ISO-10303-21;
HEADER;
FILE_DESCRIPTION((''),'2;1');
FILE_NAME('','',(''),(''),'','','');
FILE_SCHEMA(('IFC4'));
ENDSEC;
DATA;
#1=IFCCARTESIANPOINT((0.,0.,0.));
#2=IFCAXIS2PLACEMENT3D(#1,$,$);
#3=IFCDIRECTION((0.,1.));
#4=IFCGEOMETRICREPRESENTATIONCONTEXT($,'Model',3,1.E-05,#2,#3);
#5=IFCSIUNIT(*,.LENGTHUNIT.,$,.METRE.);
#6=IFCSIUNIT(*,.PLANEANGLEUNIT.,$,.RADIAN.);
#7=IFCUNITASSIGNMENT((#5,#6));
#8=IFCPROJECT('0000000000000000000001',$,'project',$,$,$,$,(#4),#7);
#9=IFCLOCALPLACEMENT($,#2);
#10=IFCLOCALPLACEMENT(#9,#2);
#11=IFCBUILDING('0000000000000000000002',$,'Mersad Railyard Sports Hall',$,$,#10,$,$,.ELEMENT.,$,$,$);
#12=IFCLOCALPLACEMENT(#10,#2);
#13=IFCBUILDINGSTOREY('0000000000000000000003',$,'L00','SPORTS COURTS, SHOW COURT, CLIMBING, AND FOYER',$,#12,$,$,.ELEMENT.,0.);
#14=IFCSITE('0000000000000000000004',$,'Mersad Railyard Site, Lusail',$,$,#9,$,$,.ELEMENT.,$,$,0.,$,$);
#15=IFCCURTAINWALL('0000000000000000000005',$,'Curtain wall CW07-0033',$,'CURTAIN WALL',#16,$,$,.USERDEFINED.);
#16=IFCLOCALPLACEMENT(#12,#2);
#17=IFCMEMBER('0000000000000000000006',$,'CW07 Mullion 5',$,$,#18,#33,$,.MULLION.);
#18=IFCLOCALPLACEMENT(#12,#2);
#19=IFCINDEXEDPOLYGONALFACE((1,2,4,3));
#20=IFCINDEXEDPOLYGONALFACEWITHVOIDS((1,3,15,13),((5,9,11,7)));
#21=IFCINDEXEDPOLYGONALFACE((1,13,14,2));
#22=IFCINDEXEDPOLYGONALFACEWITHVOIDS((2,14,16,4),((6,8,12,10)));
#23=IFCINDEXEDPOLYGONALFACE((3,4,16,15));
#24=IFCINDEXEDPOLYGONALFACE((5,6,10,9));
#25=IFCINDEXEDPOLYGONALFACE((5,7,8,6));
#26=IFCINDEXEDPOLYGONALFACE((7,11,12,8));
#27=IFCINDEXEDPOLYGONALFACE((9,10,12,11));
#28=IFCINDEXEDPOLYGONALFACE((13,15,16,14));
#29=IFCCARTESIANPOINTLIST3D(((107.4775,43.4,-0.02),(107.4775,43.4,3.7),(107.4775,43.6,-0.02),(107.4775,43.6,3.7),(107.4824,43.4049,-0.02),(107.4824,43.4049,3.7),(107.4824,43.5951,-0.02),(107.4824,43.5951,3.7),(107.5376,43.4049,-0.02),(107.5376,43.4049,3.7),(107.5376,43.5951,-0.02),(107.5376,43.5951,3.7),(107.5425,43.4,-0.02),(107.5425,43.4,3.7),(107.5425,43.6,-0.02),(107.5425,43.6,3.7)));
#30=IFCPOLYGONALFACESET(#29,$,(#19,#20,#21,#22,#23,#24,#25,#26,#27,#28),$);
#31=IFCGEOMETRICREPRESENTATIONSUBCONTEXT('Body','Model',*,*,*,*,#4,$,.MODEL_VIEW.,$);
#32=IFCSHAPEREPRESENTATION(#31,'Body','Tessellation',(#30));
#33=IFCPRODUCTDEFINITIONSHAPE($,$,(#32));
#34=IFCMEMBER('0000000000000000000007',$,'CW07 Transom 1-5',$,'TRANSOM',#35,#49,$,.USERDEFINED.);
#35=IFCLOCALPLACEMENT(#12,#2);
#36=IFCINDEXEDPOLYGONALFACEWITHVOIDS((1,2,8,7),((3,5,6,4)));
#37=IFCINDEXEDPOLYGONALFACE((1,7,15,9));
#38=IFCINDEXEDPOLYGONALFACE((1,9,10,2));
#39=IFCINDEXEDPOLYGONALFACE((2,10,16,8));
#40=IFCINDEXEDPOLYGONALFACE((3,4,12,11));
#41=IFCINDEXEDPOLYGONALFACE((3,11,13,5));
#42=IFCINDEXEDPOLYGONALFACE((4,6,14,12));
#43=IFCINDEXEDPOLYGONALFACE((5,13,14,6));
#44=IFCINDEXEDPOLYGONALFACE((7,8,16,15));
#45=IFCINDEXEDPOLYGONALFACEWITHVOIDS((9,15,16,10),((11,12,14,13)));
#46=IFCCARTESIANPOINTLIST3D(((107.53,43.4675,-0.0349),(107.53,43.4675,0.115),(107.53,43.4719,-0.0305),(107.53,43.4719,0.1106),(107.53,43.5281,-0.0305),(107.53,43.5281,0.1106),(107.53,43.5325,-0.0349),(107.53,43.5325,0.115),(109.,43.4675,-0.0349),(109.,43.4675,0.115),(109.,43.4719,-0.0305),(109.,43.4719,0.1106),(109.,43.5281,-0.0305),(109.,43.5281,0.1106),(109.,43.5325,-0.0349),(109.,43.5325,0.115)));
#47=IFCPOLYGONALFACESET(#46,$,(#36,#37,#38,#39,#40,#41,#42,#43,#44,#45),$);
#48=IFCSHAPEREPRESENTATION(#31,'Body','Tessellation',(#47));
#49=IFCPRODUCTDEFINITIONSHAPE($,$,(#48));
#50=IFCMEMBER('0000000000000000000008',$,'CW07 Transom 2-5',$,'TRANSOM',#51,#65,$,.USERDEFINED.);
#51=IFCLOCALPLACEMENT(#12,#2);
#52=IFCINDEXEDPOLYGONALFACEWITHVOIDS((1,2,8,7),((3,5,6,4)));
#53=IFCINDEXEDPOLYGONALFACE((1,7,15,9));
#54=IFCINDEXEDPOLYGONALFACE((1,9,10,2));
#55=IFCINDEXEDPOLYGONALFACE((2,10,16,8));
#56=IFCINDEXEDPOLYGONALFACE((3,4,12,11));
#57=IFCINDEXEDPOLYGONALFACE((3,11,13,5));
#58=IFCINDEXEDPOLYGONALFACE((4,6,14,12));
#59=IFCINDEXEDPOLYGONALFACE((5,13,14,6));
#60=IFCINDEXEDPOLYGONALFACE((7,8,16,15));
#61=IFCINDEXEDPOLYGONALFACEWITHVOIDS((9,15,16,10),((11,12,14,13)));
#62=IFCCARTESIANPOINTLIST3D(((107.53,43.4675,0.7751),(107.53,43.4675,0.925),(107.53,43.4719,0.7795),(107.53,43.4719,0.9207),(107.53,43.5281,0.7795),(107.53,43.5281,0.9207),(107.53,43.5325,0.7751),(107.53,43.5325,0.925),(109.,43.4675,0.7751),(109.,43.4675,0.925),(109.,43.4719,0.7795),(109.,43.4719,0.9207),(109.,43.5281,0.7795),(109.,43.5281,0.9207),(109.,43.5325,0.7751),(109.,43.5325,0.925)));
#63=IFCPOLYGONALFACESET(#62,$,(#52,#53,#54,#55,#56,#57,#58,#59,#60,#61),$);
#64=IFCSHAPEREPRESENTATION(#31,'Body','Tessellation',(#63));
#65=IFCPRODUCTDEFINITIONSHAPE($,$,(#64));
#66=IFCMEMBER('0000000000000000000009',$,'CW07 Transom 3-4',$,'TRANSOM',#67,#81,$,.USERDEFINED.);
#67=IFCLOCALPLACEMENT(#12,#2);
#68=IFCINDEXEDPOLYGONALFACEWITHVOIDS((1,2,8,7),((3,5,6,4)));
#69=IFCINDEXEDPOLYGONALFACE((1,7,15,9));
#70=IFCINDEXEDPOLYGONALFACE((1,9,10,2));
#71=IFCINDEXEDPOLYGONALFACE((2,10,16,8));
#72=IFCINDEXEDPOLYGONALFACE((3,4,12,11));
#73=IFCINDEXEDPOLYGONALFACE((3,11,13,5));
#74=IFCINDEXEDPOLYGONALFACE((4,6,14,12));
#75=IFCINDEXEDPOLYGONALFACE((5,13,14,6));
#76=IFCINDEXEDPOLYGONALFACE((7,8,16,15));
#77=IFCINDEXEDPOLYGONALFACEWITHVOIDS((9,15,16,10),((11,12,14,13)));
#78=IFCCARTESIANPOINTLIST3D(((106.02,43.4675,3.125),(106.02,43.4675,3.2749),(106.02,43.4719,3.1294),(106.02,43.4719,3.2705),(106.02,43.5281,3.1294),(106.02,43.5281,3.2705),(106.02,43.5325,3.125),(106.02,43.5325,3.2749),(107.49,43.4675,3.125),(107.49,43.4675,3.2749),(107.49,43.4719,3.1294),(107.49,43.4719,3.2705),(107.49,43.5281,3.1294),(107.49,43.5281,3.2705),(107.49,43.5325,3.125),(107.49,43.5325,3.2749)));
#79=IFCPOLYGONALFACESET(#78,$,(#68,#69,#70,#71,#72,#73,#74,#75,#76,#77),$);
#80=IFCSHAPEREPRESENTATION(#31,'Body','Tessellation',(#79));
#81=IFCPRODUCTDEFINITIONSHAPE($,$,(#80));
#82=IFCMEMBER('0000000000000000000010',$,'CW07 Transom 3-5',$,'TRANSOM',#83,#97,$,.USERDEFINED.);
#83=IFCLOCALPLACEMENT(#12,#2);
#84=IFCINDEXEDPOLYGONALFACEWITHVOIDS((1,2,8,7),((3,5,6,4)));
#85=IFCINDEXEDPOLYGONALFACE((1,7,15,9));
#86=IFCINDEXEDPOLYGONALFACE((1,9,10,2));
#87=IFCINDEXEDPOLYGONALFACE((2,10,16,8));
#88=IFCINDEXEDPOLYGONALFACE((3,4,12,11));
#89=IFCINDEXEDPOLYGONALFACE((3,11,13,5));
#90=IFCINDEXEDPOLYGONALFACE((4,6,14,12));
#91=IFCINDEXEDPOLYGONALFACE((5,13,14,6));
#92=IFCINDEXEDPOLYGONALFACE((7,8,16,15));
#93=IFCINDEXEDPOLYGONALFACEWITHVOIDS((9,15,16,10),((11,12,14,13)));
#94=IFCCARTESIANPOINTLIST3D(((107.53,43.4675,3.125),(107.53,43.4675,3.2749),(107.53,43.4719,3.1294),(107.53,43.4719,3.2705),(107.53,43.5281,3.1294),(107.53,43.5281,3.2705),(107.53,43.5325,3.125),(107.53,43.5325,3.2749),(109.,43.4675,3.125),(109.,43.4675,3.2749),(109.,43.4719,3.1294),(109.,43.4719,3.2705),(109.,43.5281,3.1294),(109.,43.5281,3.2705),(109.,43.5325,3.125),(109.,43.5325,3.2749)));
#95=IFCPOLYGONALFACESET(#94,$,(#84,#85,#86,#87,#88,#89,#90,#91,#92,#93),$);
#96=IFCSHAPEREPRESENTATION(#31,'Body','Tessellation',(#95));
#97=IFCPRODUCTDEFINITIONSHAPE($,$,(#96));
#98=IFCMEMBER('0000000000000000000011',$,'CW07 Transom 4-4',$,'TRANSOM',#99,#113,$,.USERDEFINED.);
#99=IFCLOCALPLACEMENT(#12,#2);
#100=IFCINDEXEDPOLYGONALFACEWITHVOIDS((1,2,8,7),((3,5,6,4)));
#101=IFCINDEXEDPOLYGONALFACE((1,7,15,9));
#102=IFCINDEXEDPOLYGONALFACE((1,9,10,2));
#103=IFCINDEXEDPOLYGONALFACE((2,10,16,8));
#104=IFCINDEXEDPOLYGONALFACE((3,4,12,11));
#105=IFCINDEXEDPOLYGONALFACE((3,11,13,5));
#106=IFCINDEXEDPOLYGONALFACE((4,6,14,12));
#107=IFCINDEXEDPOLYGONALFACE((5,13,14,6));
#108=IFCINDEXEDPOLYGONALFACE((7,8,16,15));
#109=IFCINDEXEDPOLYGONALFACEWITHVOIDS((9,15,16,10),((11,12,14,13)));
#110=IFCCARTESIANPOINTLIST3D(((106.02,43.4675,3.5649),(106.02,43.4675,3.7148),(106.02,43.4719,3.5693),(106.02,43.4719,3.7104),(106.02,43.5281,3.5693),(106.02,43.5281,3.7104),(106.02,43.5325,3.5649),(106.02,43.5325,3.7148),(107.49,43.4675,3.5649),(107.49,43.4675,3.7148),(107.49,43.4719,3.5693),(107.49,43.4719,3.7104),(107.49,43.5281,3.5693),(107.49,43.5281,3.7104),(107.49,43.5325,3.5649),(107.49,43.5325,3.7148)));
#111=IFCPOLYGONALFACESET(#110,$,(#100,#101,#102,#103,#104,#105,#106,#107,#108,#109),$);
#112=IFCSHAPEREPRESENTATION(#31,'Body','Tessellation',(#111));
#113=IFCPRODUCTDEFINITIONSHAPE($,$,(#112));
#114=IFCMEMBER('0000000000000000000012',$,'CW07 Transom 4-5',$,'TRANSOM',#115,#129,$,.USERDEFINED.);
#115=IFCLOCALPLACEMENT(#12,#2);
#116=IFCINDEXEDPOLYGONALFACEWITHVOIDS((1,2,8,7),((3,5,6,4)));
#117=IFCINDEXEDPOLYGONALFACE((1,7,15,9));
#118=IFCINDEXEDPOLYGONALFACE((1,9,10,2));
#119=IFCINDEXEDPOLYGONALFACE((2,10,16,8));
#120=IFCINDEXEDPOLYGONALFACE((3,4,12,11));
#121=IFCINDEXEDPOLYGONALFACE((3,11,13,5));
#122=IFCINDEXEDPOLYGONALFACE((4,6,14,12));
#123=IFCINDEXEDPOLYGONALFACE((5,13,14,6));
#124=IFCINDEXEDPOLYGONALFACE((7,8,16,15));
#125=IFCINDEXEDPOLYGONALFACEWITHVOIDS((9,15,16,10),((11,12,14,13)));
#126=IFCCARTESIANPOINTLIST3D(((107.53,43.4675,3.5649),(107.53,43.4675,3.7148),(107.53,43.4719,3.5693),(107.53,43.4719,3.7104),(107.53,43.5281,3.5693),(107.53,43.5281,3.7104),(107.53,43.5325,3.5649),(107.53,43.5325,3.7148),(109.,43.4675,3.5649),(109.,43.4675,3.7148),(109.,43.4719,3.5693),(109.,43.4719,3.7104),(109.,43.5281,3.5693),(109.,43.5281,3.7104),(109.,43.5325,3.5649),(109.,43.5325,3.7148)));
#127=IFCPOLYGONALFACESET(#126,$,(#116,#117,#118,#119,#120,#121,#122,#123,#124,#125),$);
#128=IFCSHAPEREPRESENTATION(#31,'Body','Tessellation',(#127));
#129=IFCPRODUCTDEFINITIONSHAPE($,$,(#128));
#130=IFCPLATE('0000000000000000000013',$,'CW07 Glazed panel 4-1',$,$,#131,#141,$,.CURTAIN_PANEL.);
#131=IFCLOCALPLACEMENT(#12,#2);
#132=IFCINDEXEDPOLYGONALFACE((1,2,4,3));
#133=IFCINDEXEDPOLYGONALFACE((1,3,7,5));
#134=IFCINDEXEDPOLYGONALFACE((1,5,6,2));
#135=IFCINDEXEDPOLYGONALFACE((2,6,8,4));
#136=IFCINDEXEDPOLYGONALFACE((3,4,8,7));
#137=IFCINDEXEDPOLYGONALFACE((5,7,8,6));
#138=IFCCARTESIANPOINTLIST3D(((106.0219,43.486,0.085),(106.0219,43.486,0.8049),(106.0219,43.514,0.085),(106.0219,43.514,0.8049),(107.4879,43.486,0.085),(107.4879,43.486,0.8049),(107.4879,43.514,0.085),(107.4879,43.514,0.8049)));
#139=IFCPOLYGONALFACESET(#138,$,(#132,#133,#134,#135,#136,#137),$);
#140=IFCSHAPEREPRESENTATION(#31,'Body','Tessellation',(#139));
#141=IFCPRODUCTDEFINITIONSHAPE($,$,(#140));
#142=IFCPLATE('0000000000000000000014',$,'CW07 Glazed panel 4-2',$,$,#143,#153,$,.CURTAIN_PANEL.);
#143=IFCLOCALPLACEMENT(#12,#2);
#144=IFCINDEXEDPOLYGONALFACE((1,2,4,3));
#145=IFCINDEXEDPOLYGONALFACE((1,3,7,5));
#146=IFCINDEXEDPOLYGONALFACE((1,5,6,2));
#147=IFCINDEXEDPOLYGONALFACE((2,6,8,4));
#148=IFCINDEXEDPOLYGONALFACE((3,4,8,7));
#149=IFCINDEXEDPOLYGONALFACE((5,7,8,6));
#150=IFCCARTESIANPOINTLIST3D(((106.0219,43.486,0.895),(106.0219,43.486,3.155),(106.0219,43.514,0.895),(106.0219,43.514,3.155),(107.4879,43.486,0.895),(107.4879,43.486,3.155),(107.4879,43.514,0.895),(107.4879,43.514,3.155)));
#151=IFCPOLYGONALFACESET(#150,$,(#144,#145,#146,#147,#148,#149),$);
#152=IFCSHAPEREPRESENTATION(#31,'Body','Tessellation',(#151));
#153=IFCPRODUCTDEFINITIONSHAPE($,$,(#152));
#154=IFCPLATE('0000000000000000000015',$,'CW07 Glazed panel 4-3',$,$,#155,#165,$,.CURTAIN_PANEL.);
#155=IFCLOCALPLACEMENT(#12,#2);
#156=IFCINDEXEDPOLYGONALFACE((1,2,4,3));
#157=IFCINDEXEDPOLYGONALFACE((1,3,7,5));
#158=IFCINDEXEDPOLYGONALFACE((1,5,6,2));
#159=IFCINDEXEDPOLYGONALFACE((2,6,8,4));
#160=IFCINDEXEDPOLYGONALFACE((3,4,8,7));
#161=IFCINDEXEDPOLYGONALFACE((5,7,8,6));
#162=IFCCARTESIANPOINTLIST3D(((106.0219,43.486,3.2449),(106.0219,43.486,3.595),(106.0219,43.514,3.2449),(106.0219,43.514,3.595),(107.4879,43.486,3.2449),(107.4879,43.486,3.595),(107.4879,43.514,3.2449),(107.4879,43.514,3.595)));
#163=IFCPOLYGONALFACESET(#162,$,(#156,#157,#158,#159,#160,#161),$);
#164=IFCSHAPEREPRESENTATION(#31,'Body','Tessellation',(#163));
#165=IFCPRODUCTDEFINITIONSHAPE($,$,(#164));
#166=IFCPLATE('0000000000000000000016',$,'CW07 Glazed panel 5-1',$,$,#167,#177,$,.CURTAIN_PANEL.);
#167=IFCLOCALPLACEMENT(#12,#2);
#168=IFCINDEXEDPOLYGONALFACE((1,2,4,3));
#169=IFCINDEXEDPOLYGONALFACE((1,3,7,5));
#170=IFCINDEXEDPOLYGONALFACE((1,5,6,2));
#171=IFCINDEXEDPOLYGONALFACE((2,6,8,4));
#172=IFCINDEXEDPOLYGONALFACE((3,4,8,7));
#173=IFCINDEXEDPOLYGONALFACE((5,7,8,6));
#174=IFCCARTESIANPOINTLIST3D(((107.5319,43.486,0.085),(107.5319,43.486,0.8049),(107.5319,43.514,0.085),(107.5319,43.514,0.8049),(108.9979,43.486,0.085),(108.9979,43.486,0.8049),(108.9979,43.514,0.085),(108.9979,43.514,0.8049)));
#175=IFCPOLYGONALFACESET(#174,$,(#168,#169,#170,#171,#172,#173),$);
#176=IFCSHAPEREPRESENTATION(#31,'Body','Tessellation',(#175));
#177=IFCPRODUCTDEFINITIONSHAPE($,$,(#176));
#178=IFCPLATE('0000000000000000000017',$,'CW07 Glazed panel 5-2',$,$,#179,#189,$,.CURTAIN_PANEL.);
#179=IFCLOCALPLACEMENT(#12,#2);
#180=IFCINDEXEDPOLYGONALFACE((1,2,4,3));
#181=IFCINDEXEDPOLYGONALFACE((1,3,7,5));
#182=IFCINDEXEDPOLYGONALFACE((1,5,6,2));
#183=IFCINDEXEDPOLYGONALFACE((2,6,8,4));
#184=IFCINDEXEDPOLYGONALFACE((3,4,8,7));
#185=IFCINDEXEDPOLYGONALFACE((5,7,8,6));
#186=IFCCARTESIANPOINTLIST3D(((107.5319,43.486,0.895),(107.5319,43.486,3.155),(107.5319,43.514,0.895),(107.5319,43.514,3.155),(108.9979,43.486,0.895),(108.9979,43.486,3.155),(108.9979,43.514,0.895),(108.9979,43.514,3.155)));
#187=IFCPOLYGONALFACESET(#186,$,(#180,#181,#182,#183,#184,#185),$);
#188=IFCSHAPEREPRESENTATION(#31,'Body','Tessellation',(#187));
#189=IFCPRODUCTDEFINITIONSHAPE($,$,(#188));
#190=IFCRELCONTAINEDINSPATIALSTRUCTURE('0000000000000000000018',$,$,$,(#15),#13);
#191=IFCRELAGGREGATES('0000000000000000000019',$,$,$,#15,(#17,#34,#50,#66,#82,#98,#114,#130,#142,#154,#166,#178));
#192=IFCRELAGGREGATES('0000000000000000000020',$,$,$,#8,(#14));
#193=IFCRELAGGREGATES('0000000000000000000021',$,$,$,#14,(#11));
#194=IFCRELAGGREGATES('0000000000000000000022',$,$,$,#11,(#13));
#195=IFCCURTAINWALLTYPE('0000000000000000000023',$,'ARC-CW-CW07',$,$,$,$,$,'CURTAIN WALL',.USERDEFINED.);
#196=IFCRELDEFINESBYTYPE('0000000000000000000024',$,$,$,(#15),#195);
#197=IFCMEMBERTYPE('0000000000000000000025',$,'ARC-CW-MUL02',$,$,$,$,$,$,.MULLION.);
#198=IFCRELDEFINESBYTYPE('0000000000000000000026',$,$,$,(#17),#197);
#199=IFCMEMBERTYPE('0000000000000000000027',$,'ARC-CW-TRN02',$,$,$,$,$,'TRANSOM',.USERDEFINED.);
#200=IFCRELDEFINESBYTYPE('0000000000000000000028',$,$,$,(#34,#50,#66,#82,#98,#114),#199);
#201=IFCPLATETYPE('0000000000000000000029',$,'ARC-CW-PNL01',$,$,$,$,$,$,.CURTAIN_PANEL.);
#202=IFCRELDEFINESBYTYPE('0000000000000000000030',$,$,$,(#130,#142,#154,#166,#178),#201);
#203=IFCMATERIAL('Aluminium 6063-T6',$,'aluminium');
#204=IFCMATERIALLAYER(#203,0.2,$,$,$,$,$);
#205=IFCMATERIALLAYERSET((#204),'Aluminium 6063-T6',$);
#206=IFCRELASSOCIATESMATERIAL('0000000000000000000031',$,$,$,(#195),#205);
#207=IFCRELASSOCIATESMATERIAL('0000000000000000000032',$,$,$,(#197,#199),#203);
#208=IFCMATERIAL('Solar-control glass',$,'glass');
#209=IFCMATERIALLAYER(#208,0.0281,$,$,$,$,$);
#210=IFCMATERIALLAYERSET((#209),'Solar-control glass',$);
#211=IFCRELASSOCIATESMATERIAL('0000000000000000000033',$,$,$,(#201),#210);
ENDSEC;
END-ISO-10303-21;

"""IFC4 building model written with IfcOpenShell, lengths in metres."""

from ifc_helpers import new_model, si_unit, direction, frame, origin, origin_2d, place, context, subcontext, project, spatial, rectangle, hollow_rectangle, extrude, material, layer, layer_set, material_profile, profile_set, type_object, element, aggregate, save


model = new_model("IFC4")

# Units and contexts
model_context = context("Model", 3, precision=1e-05, world=origin(), true_north=direction((0.0, 1.0)))
body_context = subcontext(model_context, "Body", "Model", "MODEL_VIEW")
ifc_project = project(units=[si_unit("LENGTHUNIT", "METRE"), si_unit("PLANEANGLEUNIT", "RADIAN")], contexts=[model_context])

# Site, building, storey
site_placement = place(None, origin())
site = spatial("IfcSite", under=ifc_project, at=site_placement, Name="Mersad Railyard Site, Lusail", CompositionType="ELEMENT", RefElevation=0.0)
building_placement = place(site_placement, origin())
building = spatial("IfcBuilding", under=site, at=building_placement, Name="Mersad Railyard Sports Hall", CompositionType="ELEMENT")
storey_placement = place(building_placement, origin())
storey = spatial("IfcBuildingStorey", under=building, at=storey_placement, Name="L00", Description="SPORTS COURTS, SHOW COURT, CLIMBING, AND FOYER", CompositionType="ELEMENT", Elevation=0.0)

# Curtain wall, members, plates
ifc_material_1 = material(Name="Aluminium 6063-T6", Category="aluminium")
ifc_layer_1 = layer(ifc_material_1, 0.2)
ifc_layer_set_1 = layer_set([ifc_layer_1], Name="Aluminium 6063-T6")
curtain_wall_type = type_object("IfcCurtainWallType", Name="ARC-CW-CW07", ElementType="CURTAIN WALL", PredefinedType="USERDEFINED", material=ifc_layer_set_1)
curtain_wall_placement = place(storey_placement, origin())
curtain_wall = element("IfcCurtainWall", 1, at=curtain_wall_placement, inside=storey, type_object=curtain_wall_type, Name="Curtain wall CW07-0033", ObjectType="CURTAIN WALL", PredefinedType="USERDEFINED")
ifc_material_profile_1 = material_profile(ifc_material_1, hollow_rectangle(XDim=0.0649, YDim=0.2, WallThickness=0.0049, at=origin_2d()), Name="AL MULLION 65x200x5")
ifc_profile_set_1 = profile_set([ifc_material_profile_1], Name="Aluminium 6063-T6")
member_type_1 = type_object("IfcMemberType", Name="ARC-CW-MUL02", PredefinedType="MULLION", material=ifc_profile_set_1)
member_1_placement = place(storey_placement, frame((107.51, 43.5, -0.02), z_axis=(0.0, 0.0, 1.0), x_axis=(1.0, 0.0, 0.0)))
member_1 = element("IfcMember", 2, at=member_1_placement, type_object=member_type_1, Name="CW07 Mullion 5", PredefinedType="MULLION", context=body_context, shape_type="SweptSolid", body=[
    extrude(hollow_rectangle(XDim=0.0649, YDim=0.2, WallThickness=0.0049, at=origin_2d()), origin(), (0.0, 0.0, 1.0), 3.72),
])
ifc_material_profile_2 = material_profile(ifc_material_1, hollow_rectangle(XDim=0.0649, YDim=0.1499, WallThickness=0.0044, at=origin_2d()), Name="AL TRANSOM 65x150x4.5")
ifc_profile_set_2 = profile_set([ifc_material_profile_2], Name="Aluminium 6063-T6")
member_type_2 = type_object("IfcMemberType", Name="ARC-CW-TRN02", ElementType="TRANSOM", PredefinedType="USERDEFINED", material=ifc_profile_set_2)
member_2_placement = place(storey_placement, frame((107.53, 43.5, 0.04), z_axis=(1.0, 0.0, 0.0), x_axis=(0.0, 1.0, 0.0)))
member_2 = element("IfcMember", 3, at=member_2_placement, type_object=member_type_2, Name="CW07 Transom 1-5", ObjectType="TRANSOM", PredefinedType="USERDEFINED", context=body_context, shape_type="SweptSolid", body=[
    extrude(hollow_rectangle(XDim=0.0649, YDim=0.1499, WallThickness=0.0044, at=origin_2d()), origin(), (0.0, 0.0, 1.0), 1.47),
])
member_3_placement = place(storey_placement, frame((107.53, 43.5, 0.8501), z_axis=(1.0, 0.0, 0.0), x_axis=(0.0, 1.0, 0.0)))
member_3 = element("IfcMember", 4, at=member_3_placement, type_object=member_type_2, Name="CW07 Transom 2-5", ObjectType="TRANSOM", PredefinedType="USERDEFINED", context=body_context, shape_type="SweptSolid", body=[
    extrude(hollow_rectangle(XDim=0.0649, YDim=0.1499, WallThickness=0.0044, at=origin_2d()), origin(), (0.0, 0.0, 1.0), 1.47),
])
member_4_placement = place(storey_placement, frame((106.02, 43.5, 3.2), z_axis=(1.0, 0.0, 0.0), x_axis=(0.0, 1.0, 0.0)))
member_4 = element("IfcMember", 5, at=member_4_placement, type_object=member_type_2, Name="CW07 Transom 3-4", ObjectType="TRANSOM", PredefinedType="USERDEFINED", context=body_context, shape_type="SweptSolid", body=[
    extrude(hollow_rectangle(XDim=0.0649, YDim=0.1499, WallThickness=0.0044, at=origin_2d()), origin(), (0.0, 0.0, 1.0), 1.47),
])
member_5_placement = place(storey_placement, frame((107.53, 43.5, 3.2), z_axis=(1.0, 0.0, 0.0), x_axis=(0.0, 1.0, 0.0)))
member_5 = element("IfcMember", 6, at=member_5_placement, type_object=member_type_2, Name="CW07 Transom 3-5", ObjectType="TRANSOM", PredefinedType="USERDEFINED", context=body_context, shape_type="SweptSolid", body=[
    extrude(hollow_rectangle(XDim=0.0649, YDim=0.1499, WallThickness=0.0044, at=origin_2d()), origin(), (0.0, 0.0, 1.0), 1.47),
])
member_6_placement = place(storey_placement, frame((106.02, 43.5, 3.6399), z_axis=(1.0, 0.0, 0.0), x_axis=(0.0, 1.0, 0.0)))
member_6 = element("IfcMember", 7, at=member_6_placement, type_object=member_type_2, Name="CW07 Transom 4-4", ObjectType="TRANSOM", PredefinedType="USERDEFINED", context=body_context, shape_type="SweptSolid", body=[
    extrude(hollow_rectangle(XDim=0.0649, YDim=0.1499, WallThickness=0.0044, at=origin_2d()), origin(), (0.0, 0.0, 1.0), 1.47),
])
member_7_placement = place(storey_placement, frame((107.53, 43.5, 3.6399), z_axis=(1.0, 0.0, 0.0), x_axis=(0.0, 1.0, 0.0)))
member_7 = element("IfcMember", 8, at=member_7_placement, type_object=member_type_2, Name="CW07 Transom 4-5", ObjectType="TRANSOM", PredefinedType="USERDEFINED", context=body_context, shape_type="SweptSolid", body=[
    extrude(hollow_rectangle(XDim=0.0649, YDim=0.1499, WallThickness=0.0044, at=origin_2d()), origin(), (0.0, 0.0, 1.0), 1.47),
])
ifc_material_2 = material(Name="Solar-control glass", Category="glass")
ifc_layer_2 = layer(ifc_material_2, 0.0281)
ifc_layer_set_2 = layer_set([ifc_layer_2], Name="Solar-control glass")
plate_type = type_object("IfcPlateType", Name="ARC-CW-PNL01", PredefinedType="CURTAIN_PANEL", material=ifc_layer_set_2)
plate_1_placement = place(storey_placement, frame((106.7549, 43.5, 0.085), z_axis=(0.0, 0.0, 1.0), x_axis=(1.0, 0.0, 0.0)))
plate_1 = element("IfcPlate", 9, at=plate_1_placement, type_object=plate_type, Name="CW07 Glazed panel 4-1", PredefinedType="CURTAIN_PANEL", context=body_context, shape_type="SweptSolid", body=[
    extrude(rectangle(XDim=1.4661, YDim=0.0281, at=origin_2d()), origin(), (0.0, 0.0, 1.0), 0.72),
])
plate_2_placement = place(storey_placement, frame((106.7549, 43.5, 0.895), z_axis=(0.0, 0.0, 1.0), x_axis=(1.0, 0.0, 0.0)))
plate_2 = element("IfcPlate", 10, at=plate_2_placement, type_object=plate_type, Name="CW07 Glazed panel 4-2", PredefinedType="CURTAIN_PANEL", context=body_context, shape_type="SweptSolid", body=[
    extrude(rectangle(XDim=1.4661, YDim=0.0281, at=origin_2d()), origin(), (0.0, 0.0, 1.0), 2.26),
])
plate_3_placement = place(storey_placement, frame((106.7549, 43.5, 3.2449), z_axis=(0.0, 0.0, 1.0), x_axis=(1.0, 0.0, 0.0)))
plate_3 = element("IfcPlate", 11, at=plate_3_placement, type_object=plate_type, Name="CW07 Glazed panel 4-3", PredefinedType="CURTAIN_PANEL", context=body_context, shape_type="SweptSolid", body=[
    extrude(rectangle(XDim=1.4661, YDim=0.0281, at=origin_2d()), origin(), (0.0, 0.0, 1.0), 0.3501),
])
plate_4_placement = place(storey_placement, frame((108.2649, 43.5, 0.085), z_axis=(0.0, 0.0, 1.0), x_axis=(1.0, 0.0, 0.0)))
plate_4 = element("IfcPlate", 12, at=plate_4_placement, type_object=plate_type, Name="CW07 Glazed panel 5-1", PredefinedType="CURTAIN_PANEL", context=body_context, shape_type="SweptSolid", body=[
    extrude(rectangle(XDim=1.4661, YDim=0.0281, at=origin_2d()), origin(), (0.0, 0.0, 1.0), 0.72),
])
plate_5_placement = place(storey_placement, frame((108.2649, 43.5, 0.895), z_axis=(0.0, 0.0, 1.0), x_axis=(1.0, 0.0, 0.0)))
plate_5 = element("IfcPlate", 13, at=plate_5_placement, type_object=plate_type, Name="CW07 Glazed panel 5-2", PredefinedType="CURTAIN_PANEL", context=body_context, shape_type="SweptSolid", body=[
    extrude(rectangle(XDim=1.4661, YDim=0.0281, at=origin_2d()), origin(), (0.0, 0.0, 1.0), 2.26),
])
aggregate(curtain_wall, [member_1, member_2, member_3, member_4, member_5, member_6, member_7, plate_1, plate_2, plate_3, plate_4, plate_5])

save(model, "model.ifc")
